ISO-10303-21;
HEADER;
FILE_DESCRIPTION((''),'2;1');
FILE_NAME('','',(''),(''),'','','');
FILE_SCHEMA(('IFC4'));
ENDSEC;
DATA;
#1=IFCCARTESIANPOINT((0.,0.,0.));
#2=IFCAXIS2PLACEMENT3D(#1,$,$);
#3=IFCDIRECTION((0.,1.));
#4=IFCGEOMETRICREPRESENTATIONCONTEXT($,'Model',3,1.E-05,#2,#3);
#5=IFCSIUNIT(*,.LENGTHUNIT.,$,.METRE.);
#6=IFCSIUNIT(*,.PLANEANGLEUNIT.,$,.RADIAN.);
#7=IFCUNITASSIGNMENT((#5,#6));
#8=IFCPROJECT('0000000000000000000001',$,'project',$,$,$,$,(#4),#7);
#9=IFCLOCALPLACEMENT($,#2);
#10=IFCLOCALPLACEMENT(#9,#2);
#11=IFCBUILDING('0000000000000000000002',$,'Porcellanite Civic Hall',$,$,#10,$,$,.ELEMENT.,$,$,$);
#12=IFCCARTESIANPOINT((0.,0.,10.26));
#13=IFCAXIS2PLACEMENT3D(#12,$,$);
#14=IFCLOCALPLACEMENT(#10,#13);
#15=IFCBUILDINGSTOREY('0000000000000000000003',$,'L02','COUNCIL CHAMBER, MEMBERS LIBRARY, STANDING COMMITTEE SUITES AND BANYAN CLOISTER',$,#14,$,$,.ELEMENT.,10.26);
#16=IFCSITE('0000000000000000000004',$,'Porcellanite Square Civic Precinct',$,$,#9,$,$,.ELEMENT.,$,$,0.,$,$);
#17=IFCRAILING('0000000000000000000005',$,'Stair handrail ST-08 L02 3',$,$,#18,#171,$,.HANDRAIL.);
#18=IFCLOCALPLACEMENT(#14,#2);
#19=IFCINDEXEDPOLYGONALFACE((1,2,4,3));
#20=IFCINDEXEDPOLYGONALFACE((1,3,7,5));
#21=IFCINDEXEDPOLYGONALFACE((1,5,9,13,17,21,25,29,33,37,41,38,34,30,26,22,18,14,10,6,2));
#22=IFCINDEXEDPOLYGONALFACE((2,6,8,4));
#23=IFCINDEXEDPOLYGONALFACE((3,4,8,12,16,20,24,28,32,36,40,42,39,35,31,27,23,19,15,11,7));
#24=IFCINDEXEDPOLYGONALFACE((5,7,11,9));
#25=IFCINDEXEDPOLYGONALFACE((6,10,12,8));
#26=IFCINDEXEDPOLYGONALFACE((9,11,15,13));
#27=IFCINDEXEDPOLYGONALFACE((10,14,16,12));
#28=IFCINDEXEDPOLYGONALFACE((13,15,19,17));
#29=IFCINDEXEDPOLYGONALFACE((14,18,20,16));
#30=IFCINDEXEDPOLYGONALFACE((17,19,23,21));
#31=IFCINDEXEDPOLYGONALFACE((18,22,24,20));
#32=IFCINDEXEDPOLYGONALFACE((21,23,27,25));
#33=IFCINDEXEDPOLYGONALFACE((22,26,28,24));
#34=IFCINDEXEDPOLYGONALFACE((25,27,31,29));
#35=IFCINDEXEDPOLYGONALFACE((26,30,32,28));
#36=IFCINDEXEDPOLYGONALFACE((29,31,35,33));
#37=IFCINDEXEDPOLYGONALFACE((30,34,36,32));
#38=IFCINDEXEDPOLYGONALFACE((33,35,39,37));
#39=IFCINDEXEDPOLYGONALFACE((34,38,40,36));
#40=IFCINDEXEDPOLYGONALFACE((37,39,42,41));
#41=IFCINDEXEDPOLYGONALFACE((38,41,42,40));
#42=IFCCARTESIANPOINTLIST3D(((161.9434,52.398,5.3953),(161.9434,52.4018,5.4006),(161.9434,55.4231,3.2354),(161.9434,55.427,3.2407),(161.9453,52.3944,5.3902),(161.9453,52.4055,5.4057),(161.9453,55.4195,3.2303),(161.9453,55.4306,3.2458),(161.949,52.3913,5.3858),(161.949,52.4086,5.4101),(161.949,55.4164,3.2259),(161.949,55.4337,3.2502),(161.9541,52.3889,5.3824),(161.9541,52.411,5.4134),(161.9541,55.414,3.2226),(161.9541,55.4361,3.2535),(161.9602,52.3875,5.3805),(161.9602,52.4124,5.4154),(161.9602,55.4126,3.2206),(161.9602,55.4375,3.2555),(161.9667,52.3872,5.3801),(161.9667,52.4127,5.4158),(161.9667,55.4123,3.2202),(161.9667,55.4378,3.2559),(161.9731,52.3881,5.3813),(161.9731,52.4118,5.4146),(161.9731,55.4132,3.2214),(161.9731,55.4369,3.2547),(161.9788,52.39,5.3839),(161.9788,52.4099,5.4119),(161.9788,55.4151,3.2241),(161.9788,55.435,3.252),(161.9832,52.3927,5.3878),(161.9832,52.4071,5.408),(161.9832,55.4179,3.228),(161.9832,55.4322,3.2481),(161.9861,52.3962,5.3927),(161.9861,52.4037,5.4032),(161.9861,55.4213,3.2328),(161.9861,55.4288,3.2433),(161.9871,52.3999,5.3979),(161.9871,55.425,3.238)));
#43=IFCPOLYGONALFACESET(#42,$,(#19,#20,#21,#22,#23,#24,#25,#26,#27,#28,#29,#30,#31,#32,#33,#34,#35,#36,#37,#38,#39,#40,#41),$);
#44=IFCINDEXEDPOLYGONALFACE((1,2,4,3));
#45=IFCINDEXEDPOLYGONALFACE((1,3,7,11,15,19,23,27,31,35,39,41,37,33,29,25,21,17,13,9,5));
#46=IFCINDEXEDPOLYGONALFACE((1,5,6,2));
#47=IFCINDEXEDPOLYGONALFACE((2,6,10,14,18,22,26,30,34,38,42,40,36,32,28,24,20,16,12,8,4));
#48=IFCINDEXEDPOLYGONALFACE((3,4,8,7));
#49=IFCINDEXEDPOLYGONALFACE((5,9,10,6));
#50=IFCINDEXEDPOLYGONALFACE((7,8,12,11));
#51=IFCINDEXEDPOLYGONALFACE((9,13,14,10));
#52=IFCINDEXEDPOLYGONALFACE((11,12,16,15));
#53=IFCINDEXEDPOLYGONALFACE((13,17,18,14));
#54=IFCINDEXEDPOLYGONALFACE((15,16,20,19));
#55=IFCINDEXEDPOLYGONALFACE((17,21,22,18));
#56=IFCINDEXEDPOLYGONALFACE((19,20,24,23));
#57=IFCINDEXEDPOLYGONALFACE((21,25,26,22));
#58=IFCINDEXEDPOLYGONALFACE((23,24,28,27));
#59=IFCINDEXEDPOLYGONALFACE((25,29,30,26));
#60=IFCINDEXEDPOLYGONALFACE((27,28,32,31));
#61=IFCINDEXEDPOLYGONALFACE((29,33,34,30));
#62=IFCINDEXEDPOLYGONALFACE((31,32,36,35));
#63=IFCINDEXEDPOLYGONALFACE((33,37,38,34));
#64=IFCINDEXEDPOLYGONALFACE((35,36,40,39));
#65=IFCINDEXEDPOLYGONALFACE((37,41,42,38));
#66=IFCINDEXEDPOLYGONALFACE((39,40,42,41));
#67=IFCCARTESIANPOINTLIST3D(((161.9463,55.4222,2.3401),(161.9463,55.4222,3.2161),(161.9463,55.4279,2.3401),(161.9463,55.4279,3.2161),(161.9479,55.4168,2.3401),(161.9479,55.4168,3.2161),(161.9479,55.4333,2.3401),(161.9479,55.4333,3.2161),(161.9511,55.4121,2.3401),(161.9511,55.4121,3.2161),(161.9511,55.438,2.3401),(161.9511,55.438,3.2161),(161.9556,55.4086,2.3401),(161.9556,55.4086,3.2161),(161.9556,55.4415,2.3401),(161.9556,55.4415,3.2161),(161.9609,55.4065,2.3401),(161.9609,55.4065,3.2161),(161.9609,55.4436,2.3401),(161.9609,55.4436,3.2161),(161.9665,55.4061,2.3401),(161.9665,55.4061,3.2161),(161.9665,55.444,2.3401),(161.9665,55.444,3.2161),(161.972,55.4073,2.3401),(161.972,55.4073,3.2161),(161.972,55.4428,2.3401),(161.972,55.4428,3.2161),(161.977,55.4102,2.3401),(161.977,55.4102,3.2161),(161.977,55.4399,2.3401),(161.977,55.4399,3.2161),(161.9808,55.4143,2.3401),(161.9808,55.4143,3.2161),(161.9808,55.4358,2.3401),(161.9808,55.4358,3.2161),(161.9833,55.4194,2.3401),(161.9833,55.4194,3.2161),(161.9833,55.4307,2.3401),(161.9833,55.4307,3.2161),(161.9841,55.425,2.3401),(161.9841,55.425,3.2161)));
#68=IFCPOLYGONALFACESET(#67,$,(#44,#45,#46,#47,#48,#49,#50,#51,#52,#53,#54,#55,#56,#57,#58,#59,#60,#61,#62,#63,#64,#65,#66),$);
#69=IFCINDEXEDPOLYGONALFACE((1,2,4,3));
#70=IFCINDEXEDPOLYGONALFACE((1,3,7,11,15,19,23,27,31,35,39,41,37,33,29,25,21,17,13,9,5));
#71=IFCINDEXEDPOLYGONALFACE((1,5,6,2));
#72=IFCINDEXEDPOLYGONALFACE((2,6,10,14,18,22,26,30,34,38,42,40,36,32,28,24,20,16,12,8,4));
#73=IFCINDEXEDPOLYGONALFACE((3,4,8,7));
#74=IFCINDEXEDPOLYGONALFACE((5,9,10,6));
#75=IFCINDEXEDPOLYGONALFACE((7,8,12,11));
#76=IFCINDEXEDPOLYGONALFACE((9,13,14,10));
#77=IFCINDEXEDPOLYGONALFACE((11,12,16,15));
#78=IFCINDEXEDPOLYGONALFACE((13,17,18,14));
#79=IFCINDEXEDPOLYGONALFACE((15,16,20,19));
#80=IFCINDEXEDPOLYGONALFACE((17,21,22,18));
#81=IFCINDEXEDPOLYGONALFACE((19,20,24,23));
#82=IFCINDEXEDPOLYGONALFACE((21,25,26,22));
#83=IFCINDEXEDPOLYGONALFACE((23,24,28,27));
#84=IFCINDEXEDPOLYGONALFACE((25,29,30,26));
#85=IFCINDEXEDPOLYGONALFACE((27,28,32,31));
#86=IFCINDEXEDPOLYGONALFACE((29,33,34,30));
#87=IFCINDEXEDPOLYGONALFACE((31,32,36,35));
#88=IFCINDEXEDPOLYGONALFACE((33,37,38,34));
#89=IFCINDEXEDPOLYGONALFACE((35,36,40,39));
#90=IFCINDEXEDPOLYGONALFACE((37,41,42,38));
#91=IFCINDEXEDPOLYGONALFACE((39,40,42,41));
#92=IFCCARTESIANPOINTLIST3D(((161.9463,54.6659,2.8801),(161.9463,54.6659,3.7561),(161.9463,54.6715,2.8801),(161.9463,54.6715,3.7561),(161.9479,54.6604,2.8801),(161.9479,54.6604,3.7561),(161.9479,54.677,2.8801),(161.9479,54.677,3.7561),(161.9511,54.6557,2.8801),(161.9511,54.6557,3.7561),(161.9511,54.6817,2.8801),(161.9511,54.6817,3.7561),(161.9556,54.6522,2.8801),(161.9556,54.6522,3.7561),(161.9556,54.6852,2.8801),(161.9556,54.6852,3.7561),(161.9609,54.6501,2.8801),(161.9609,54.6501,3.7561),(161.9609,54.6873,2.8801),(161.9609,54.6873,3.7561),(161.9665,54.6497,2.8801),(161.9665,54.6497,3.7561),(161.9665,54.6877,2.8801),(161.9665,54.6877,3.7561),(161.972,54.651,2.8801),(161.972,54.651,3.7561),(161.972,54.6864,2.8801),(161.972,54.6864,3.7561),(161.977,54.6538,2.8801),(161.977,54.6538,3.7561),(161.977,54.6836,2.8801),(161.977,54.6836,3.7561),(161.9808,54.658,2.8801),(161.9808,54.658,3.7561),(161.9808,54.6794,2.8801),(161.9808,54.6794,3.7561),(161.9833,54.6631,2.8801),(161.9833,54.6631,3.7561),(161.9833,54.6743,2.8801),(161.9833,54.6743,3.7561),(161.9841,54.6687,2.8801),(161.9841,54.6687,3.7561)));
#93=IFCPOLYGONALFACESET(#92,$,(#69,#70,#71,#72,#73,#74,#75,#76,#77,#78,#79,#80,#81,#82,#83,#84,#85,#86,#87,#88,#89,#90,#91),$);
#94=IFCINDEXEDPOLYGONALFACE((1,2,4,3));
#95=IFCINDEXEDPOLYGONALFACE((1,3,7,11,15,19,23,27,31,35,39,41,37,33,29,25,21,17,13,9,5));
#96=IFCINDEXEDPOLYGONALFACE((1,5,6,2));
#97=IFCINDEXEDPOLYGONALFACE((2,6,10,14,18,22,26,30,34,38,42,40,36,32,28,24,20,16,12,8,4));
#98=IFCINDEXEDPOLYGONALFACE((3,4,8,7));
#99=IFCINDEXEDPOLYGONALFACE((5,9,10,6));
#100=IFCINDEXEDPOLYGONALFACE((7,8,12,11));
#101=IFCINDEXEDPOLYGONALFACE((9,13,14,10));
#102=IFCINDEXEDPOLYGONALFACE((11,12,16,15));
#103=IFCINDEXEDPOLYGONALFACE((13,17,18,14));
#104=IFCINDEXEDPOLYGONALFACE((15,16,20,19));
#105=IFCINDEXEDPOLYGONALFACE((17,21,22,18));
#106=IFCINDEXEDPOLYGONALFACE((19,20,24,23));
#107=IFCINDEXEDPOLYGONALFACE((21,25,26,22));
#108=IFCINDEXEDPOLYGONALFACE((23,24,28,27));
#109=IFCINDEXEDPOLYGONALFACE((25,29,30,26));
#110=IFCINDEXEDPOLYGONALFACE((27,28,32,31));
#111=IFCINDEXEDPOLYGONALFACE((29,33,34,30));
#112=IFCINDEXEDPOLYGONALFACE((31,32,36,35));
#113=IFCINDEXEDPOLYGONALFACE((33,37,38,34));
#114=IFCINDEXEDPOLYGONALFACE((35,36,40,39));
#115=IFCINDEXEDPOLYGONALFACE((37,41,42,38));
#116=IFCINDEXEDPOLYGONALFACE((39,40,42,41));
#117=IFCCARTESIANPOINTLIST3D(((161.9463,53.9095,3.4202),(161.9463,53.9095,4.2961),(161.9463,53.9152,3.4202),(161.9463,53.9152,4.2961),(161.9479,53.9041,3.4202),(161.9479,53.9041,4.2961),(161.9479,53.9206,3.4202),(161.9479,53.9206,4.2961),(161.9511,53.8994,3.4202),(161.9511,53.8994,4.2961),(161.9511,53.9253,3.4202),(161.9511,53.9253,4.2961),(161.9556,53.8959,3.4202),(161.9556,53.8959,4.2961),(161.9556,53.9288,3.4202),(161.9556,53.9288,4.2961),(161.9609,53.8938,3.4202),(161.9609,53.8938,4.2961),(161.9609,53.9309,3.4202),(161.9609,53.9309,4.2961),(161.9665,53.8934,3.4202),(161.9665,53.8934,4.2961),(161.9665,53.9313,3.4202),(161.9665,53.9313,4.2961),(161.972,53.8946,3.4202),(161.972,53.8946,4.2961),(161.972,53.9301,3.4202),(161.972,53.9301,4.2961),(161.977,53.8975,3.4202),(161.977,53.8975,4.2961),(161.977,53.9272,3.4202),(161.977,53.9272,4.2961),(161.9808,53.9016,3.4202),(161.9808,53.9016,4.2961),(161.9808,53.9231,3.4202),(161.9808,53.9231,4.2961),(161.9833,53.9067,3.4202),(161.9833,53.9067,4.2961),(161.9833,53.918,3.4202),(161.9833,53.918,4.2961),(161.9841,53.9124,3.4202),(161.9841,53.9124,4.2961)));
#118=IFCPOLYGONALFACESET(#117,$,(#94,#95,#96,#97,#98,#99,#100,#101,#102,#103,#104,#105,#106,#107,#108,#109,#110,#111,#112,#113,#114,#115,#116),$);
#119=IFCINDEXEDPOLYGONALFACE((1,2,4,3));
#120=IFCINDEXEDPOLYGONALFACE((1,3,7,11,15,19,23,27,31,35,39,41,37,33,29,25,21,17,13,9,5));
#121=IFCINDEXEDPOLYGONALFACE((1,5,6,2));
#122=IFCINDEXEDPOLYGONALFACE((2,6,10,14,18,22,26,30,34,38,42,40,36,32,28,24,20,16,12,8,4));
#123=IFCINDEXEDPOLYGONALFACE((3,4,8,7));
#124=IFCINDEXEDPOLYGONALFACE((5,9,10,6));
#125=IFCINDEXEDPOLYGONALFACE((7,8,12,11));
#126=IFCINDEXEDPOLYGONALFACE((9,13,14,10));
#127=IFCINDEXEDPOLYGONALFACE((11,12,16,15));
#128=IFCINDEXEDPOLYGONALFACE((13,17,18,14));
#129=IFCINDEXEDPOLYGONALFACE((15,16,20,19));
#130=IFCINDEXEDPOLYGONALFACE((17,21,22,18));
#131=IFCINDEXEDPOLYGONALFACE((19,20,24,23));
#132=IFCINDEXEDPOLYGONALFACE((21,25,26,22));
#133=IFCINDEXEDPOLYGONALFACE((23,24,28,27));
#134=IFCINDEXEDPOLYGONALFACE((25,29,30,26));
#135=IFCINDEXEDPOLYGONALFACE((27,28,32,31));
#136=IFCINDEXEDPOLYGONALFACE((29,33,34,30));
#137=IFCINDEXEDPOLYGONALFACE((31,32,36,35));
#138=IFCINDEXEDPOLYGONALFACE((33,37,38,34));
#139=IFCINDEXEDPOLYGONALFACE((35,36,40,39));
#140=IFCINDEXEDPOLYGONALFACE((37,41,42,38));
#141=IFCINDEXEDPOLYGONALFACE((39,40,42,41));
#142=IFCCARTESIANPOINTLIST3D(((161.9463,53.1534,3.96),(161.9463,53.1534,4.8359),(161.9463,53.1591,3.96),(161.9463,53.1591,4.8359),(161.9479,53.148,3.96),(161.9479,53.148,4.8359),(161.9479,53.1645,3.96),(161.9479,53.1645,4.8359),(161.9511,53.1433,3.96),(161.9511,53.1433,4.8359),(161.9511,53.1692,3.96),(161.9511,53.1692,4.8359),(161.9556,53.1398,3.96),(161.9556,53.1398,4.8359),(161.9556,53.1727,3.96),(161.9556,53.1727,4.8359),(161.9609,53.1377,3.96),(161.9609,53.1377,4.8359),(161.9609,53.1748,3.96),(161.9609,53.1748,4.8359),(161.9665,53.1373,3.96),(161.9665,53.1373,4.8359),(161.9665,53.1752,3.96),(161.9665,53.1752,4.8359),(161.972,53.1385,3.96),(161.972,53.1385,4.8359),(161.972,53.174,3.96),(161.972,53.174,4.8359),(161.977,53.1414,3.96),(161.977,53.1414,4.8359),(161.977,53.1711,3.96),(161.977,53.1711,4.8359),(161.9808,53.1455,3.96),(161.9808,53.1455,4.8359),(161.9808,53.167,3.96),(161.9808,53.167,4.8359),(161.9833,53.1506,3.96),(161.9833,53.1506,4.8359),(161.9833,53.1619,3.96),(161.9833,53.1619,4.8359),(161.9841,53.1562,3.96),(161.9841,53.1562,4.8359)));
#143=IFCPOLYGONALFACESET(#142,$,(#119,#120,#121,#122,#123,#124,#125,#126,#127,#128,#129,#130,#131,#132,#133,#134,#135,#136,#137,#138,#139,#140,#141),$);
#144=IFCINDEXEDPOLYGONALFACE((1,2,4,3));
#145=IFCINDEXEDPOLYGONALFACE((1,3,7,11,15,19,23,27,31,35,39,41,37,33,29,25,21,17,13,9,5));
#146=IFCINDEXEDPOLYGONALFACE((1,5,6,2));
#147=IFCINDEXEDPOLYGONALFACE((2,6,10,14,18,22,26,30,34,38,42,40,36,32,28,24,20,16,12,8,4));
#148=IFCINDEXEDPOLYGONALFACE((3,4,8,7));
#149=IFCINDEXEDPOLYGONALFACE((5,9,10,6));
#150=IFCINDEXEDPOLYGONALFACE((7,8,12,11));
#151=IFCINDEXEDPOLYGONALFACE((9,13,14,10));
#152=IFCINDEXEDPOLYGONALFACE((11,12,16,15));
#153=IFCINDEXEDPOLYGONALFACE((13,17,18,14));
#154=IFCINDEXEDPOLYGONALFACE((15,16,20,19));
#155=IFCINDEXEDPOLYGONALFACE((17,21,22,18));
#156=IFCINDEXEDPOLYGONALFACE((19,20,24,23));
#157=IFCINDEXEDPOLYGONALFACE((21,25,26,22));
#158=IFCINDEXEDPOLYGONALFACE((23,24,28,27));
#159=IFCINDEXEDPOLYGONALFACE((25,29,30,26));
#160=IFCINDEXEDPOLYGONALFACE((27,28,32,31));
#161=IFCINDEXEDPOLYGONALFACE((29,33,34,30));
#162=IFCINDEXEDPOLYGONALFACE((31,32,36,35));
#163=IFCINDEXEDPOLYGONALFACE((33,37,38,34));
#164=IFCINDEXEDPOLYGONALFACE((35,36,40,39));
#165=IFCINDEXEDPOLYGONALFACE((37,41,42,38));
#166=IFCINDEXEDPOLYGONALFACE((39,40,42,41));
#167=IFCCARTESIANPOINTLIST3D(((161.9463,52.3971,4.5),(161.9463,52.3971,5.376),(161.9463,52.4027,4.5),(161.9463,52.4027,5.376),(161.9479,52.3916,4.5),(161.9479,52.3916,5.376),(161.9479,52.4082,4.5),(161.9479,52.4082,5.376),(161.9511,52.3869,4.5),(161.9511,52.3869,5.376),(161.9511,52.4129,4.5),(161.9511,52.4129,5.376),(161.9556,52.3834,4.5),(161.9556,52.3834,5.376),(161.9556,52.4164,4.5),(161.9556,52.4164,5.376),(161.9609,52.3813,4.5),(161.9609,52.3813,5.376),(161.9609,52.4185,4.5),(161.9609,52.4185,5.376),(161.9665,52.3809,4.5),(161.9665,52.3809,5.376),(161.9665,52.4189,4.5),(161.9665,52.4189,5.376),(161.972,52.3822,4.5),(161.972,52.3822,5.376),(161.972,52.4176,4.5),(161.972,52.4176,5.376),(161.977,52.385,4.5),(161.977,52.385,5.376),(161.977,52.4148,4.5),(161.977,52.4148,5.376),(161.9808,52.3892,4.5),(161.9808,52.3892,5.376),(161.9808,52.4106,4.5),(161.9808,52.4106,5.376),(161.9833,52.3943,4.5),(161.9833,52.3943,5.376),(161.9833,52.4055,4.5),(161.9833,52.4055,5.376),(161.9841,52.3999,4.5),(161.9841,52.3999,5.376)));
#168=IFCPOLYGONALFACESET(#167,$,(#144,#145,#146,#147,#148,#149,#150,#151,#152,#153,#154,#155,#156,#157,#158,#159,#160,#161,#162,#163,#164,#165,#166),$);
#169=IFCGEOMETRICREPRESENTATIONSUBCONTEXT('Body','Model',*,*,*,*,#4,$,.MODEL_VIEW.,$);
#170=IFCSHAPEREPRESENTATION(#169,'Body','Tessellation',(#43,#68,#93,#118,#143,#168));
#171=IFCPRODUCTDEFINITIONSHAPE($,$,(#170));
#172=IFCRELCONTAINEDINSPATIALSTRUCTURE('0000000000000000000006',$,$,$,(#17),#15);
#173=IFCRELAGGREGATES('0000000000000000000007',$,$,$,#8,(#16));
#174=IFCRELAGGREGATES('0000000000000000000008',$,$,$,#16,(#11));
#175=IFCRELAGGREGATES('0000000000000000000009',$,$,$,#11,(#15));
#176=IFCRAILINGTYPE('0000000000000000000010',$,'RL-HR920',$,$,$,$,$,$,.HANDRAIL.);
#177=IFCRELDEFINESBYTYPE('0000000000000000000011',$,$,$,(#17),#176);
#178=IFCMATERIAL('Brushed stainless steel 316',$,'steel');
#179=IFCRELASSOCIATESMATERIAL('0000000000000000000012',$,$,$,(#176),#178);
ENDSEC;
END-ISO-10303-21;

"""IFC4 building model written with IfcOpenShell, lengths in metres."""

from ifc_helpers import new_model, si_unit, direction, frame, origin, origin_2d, place, context, subcontext, project, spatial, circle, extrude, material, type_object, element, save


model = new_model("IFC4")

# Units and contexts
model_context = context("Model", 3, precision=1e-05, world=origin(), true_north=direction((0.0, 1.0)))
body_context = subcontext(model_context, "Body", "Model", "MODEL_VIEW")
ifc_project = project(units=[si_unit("LENGTHUNIT", "METRE"), si_unit("PLANEANGLEUNIT", "RADIAN")], contexts=[model_context])

# Site, building, storey
site_placement = place(None, origin())
site = spatial("IfcSite", under=ifc_project, at=site_placement, Name="Porcellanite Square Civic Precinct", CompositionType="ELEMENT", RefElevation=0.0)
building_placement = place(site_placement, origin())
building = spatial("IfcBuilding", under=site, at=building_placement, Name="Porcellanite Civic Hall", CompositionType="ELEMENT")
storey_placement = place(building_placement, frame((0.0, 0.0, 10.26)))
storey = spatial("IfcBuildingStorey", under=building, at=storey_placement, Name="L02", Description="COUNCIL CHAMBER, MEMBERS LIBRARY, STANDING COMMITTEE SUITES AND BANYAN CLOISTER", CompositionType="ELEMENT", Elevation=10.26)

# Railing
ifc_material_1 = material(Name="Brushed stainless steel 316", Category="steel")
railing_type_1 = type_object("IfcRailingType", Name="RL-HR920", PredefinedType="HANDRAIL", material=ifc_material_1)
railing_1_placement = place(storey_placement, frame((161.9651, 55.425, 2.3401)))
element("IfcRailing", 1, at=railing_1_placement, inside=storey, type_object=railing_type_1, Name="Stair handrail ST-08 L02 3", PredefinedType="HANDRAIL", context=body_context, shape_type="SweptSolid", body=[
    extrude(circle(Radius=0.022, at=origin_2d()), frame((0.0, 0.0, 0.8979), z_axis=(0.0, -0.813849, 0.581077), x_axis=(1.0, 0.0, 0.0)), (0.0, 0.0, 1.0), 3.717),
    extrude(circle(Radius=0.019, at=origin_2d()), origin(), (0.0, 0.0, 1.0), 0.876),
    extrude(circle(Radius=0.019, at=origin_2d()), frame((0.0, -0.7563, 0.54)), (0.0, 0.0, 1.0), 0.876),
    extrude(circle(Radius=0.019, at=origin_2d()), frame((0.0, -1.5127, 1.0801)), (0.0, 0.0, 1.0), 0.876),
    extrude(circle(Radius=0.019, at=origin_2d()), frame((0.0, -2.2688, 1.6199)), (0.0, 0.0, 1.0), 0.876),
    extrude(circle(Radius=0.019, at=origin_2d()), frame((0.0, -3.0251, 2.1599)), (0.0, 0.0, 1.0), 0.876),
])

save(model, "model.ifc")
